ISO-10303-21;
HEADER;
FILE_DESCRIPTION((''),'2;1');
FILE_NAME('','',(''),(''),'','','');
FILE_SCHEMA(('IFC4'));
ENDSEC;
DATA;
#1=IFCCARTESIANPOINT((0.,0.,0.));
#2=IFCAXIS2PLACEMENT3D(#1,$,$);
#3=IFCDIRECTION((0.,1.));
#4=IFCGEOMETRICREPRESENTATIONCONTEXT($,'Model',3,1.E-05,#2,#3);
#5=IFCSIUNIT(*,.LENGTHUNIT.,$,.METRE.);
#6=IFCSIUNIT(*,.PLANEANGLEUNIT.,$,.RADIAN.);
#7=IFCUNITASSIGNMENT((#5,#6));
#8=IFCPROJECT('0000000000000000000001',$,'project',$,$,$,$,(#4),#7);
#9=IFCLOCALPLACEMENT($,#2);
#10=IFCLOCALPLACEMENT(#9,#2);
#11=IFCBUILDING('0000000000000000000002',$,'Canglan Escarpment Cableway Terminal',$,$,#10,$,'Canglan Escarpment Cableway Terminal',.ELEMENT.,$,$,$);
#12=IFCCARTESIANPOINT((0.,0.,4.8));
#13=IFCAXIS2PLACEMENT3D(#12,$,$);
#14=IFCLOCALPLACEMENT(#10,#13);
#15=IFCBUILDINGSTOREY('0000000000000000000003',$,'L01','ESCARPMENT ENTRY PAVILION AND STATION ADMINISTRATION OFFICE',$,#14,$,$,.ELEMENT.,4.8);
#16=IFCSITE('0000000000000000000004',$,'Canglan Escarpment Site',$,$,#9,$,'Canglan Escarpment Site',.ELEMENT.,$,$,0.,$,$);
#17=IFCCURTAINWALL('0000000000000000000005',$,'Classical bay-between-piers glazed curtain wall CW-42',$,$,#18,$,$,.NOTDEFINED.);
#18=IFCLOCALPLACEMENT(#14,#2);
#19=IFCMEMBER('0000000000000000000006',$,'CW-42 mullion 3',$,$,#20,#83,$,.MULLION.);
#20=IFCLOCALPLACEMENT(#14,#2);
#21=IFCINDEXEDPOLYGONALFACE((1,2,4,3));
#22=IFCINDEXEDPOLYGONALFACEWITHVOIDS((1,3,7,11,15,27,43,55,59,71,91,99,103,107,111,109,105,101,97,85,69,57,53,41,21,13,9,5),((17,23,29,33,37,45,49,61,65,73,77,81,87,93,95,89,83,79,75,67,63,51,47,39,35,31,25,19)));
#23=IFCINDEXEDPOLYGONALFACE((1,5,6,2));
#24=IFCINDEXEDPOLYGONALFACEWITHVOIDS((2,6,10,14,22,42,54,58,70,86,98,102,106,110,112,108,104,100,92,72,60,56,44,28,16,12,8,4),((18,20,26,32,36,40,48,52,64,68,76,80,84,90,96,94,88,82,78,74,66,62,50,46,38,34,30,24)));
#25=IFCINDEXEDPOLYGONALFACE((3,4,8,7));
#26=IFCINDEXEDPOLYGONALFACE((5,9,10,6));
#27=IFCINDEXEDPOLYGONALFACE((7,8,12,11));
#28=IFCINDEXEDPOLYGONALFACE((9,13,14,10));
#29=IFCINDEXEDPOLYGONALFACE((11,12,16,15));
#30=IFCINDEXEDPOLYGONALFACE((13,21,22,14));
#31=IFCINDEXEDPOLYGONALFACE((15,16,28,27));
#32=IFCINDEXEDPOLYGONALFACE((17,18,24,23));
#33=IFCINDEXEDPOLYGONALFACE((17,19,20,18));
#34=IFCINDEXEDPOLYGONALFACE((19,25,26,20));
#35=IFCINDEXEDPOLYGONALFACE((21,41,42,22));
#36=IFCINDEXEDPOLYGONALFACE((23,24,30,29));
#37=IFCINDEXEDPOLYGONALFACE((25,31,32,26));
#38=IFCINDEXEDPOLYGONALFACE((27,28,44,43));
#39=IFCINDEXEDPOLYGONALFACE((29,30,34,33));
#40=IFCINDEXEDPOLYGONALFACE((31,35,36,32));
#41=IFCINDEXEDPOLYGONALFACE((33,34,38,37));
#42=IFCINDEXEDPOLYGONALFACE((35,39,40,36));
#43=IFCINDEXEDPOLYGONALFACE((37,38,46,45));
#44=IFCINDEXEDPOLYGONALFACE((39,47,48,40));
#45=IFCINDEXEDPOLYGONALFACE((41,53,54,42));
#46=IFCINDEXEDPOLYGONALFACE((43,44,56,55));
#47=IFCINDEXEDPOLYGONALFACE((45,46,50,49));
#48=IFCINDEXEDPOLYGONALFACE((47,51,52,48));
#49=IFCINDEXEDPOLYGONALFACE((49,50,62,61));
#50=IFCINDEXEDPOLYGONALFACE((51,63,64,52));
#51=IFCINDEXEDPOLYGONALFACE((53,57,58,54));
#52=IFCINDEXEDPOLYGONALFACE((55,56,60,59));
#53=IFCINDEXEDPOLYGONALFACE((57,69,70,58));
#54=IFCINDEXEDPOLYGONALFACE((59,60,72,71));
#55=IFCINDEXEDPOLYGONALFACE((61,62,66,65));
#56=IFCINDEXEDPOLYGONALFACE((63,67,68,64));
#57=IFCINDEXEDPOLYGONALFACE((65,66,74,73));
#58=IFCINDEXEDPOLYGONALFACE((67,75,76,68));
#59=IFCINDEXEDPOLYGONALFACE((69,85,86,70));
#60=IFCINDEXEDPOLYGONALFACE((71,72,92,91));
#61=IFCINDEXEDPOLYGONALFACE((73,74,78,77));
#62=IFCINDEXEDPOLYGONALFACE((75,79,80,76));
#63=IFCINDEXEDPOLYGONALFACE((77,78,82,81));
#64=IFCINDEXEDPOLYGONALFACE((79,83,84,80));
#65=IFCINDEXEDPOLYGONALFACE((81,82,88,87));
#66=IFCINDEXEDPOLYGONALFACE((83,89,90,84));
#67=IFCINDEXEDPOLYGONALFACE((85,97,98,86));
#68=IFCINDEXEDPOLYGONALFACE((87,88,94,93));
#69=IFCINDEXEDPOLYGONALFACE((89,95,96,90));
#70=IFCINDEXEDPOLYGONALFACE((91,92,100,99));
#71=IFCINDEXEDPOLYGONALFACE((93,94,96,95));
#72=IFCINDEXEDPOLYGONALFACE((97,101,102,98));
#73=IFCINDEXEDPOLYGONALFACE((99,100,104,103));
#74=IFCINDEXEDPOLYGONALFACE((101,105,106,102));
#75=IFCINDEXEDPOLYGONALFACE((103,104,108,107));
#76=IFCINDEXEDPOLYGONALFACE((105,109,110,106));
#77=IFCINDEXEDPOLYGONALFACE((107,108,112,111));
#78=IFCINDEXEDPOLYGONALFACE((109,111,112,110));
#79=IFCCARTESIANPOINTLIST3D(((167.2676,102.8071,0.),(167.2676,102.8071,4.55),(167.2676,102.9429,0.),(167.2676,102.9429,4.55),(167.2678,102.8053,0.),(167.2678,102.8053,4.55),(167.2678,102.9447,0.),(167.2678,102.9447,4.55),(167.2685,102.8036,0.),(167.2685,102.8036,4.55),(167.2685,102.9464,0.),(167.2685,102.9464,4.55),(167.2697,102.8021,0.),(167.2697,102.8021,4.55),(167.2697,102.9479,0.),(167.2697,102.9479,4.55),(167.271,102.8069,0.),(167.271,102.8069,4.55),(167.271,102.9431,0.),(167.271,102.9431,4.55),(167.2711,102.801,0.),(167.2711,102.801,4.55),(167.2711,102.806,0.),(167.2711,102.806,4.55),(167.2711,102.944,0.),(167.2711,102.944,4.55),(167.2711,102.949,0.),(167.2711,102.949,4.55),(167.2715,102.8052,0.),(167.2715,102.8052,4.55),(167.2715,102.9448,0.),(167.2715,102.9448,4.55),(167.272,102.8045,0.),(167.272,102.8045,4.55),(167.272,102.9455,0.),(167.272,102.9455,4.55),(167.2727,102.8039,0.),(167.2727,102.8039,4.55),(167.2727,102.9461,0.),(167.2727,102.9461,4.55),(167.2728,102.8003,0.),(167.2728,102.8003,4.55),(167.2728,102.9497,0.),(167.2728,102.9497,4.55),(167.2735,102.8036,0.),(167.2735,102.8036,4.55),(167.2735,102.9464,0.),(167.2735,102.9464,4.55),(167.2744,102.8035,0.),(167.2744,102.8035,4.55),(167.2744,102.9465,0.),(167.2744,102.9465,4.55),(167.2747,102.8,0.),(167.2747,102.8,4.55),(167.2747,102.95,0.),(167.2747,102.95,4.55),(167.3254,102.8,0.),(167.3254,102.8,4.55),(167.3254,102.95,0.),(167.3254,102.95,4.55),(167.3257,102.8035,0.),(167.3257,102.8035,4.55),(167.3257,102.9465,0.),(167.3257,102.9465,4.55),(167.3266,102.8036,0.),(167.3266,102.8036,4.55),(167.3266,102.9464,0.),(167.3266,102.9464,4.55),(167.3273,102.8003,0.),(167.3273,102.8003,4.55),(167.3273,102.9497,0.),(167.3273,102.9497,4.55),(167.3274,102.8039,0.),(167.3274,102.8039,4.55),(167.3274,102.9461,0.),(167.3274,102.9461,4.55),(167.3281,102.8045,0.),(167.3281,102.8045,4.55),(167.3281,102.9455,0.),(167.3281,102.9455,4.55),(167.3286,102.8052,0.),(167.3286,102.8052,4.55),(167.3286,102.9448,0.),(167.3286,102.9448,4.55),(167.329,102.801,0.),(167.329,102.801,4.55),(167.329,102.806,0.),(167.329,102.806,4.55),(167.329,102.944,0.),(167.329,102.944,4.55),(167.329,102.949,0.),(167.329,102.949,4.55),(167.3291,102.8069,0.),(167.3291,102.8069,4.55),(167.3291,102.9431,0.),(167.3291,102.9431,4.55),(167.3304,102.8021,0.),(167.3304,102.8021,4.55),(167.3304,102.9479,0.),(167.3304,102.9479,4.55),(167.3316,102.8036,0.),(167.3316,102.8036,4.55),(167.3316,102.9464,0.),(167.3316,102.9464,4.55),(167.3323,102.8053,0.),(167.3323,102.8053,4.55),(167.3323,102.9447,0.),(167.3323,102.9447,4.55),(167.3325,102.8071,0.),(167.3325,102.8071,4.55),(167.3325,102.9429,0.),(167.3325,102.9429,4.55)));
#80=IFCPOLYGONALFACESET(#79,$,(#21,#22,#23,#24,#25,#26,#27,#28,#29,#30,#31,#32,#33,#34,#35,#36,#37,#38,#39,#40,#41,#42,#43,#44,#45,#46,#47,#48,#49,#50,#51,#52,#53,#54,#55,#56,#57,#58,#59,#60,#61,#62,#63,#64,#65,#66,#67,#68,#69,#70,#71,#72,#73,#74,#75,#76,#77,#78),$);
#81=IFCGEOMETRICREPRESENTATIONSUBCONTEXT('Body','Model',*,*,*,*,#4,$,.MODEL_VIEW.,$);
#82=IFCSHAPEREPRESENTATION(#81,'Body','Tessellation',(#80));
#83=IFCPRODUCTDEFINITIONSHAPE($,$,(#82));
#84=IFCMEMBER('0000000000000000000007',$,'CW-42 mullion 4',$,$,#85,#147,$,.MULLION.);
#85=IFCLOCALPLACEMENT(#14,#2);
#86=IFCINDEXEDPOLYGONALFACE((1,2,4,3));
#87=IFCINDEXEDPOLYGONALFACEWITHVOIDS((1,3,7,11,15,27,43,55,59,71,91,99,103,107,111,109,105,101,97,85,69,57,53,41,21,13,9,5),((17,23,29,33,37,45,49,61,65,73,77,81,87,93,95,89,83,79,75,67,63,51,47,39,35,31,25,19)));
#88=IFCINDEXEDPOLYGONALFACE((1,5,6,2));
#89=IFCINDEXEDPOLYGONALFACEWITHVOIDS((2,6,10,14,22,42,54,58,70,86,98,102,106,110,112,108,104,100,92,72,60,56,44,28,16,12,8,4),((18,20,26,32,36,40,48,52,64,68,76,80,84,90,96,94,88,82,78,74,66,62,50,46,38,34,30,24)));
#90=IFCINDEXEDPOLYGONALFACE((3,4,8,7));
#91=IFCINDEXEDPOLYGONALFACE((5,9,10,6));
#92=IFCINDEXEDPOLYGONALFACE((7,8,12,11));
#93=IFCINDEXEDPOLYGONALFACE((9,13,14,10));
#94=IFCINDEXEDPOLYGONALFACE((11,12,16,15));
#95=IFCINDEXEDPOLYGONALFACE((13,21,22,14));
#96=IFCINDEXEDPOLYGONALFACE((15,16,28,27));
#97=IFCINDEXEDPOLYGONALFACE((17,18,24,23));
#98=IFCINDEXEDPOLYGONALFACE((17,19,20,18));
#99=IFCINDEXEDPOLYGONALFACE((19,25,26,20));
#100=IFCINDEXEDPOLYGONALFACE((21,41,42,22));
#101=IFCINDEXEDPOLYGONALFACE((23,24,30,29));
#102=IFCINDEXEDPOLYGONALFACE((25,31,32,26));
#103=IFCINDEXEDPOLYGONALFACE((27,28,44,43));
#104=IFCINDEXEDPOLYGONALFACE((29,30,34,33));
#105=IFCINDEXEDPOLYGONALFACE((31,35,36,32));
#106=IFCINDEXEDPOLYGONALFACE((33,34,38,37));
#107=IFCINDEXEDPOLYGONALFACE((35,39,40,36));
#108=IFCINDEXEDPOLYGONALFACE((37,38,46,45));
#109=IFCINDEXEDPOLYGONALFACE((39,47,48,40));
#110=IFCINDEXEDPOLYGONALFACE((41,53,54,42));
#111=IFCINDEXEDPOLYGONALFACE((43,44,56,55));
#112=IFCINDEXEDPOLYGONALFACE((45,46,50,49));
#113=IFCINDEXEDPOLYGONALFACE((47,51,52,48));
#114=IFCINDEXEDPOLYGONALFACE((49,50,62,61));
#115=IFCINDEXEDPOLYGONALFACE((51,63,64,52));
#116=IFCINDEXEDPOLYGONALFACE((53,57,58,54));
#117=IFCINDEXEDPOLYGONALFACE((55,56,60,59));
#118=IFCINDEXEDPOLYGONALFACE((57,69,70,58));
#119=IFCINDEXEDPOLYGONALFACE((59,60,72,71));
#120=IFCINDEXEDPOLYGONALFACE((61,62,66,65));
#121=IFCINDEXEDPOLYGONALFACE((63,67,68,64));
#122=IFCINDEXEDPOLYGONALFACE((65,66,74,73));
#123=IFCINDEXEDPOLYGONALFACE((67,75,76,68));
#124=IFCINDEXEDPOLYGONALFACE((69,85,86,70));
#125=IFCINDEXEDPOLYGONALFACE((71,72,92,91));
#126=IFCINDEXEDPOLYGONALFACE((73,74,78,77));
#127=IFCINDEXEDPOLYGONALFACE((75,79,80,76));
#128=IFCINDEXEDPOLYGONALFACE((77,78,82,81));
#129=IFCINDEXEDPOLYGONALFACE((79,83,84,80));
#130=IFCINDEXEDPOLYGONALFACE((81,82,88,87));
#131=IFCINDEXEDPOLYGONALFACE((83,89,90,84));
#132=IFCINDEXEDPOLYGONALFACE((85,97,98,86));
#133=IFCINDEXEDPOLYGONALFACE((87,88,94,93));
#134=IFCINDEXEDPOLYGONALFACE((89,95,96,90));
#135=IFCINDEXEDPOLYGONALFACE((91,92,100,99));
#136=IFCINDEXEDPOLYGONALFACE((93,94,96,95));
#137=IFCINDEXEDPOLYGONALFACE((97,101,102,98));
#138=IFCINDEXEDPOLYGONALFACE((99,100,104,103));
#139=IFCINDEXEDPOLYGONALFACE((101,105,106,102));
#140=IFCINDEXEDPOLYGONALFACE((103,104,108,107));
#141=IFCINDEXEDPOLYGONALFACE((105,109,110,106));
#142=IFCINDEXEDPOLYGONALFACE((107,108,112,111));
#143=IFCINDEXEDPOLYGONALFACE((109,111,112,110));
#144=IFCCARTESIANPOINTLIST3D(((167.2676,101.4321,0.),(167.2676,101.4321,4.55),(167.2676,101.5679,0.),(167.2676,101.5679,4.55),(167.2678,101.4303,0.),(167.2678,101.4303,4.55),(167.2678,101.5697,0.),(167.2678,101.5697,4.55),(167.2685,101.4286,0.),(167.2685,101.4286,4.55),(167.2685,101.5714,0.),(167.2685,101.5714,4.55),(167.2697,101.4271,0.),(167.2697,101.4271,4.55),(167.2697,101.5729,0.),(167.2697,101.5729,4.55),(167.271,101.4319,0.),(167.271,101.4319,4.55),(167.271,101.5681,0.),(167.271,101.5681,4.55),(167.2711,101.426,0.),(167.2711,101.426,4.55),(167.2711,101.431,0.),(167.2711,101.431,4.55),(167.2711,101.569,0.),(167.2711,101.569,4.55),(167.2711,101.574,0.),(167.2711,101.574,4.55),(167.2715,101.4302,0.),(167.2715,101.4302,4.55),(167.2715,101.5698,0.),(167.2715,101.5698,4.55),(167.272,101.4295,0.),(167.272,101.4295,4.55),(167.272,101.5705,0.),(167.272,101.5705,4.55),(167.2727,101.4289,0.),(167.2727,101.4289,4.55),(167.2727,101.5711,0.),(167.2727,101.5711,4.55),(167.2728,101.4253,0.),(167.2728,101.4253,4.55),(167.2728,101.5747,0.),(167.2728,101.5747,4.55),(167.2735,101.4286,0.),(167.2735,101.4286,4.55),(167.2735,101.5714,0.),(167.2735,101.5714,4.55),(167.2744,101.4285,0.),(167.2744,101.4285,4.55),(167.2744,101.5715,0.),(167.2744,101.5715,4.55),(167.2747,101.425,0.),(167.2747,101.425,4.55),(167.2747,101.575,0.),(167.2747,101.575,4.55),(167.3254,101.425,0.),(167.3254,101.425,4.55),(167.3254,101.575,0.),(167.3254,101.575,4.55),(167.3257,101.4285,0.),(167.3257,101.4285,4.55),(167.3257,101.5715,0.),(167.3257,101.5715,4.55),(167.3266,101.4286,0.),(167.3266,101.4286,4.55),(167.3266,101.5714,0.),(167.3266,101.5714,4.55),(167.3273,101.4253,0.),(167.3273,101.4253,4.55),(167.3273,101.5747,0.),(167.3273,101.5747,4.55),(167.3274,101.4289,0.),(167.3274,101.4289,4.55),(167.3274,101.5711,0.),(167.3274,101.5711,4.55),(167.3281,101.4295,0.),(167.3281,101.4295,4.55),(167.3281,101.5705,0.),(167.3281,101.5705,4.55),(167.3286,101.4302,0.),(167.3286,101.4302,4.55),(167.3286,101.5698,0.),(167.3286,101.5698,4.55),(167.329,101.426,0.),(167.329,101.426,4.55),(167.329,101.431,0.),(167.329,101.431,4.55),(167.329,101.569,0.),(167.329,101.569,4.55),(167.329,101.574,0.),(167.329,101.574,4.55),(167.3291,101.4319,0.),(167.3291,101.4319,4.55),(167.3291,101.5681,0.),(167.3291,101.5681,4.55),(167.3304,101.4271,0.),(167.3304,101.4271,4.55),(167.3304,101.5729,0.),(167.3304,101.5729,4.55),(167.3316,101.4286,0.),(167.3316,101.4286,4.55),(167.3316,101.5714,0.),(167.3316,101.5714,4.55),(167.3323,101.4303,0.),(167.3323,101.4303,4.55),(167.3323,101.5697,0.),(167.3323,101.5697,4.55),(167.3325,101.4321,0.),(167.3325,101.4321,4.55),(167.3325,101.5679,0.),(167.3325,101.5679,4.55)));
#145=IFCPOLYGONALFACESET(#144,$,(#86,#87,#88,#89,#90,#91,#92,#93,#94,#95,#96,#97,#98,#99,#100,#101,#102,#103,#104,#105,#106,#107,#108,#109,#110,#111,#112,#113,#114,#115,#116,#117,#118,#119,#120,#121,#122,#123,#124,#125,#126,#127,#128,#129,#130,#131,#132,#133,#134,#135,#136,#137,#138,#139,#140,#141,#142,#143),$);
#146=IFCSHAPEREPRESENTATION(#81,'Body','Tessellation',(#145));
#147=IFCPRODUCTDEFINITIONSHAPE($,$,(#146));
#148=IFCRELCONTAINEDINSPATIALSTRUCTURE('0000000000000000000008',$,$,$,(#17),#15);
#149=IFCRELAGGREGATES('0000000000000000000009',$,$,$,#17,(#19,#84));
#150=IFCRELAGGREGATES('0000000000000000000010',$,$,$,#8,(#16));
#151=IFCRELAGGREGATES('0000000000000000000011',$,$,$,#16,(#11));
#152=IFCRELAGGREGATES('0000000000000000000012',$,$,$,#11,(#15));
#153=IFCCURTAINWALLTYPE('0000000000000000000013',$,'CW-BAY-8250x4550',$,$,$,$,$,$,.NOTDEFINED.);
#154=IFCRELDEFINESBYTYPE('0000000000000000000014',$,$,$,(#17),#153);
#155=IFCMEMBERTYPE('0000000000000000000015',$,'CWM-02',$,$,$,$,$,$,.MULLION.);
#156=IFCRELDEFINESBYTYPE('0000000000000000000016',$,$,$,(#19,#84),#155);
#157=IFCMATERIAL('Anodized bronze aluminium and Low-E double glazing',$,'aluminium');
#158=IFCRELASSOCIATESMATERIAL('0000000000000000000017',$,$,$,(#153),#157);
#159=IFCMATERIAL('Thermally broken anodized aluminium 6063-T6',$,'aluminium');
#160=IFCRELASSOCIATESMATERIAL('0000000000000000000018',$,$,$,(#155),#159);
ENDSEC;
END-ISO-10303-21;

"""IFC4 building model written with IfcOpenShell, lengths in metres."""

from ifc_helpers import new_model, si_unit, direction, frame, origin, origin_2d, place, context, subcontext, project, spatial, hollow_rectangle, extrude, material, material_profile, profile_set, type_object, element, aggregate, save


model = new_model("IFC4")

# Units and contexts
model_context = context("Model", 3, precision=1e-05, world=origin(), true_north=direction((0.0, 1.0)))
body_context = subcontext(model_context, "Body", "Model", "MODEL_VIEW")
ifc_project = project(units=[si_unit("LENGTHUNIT", "METRE"), si_unit("PLANEANGLEUNIT", "RADIAN")], contexts=[model_context])

# Site, building, storey
site_placement = place(None, origin())
site = spatial("IfcSite", under=ifc_project, at=site_placement, Name="Canglan Escarpment Site", LongName="Canglan Escarpment Site", CompositionType="ELEMENT", RefElevation=0.0)
building_placement = place(site_placement, origin())
building = spatial("IfcBuilding", under=site, at=building_placement, Name="Canglan Escarpment Cableway Terminal", LongName="Canglan Escarpment Cableway Terminal", CompositionType="ELEMENT")
storey_placement = place(building_placement, frame((0.0, 0.0, 4.8)))
storey = spatial("IfcBuildingStorey", under=building, at=storey_placement, Name="L01", Description="ESCARPMENT ENTRY PAVILION AND STATION ADMINISTRATION OFFICE", CompositionType="ELEMENT", Elevation=4.8)

# Curtain wall, members
ifc_material_1 = material(Name="Anodized bronze aluminium and Low-E double glazing", Category="aluminium")
curtain_wall_type = type_object("IfcCurtainWallType", Name="CW-BAY-8250x4550", PredefinedType="NOTDEFINED", material=ifc_material_1)
curtain_wall_placement = place(storey_placement, origin())
curtain_wall = element("IfcCurtainWall", 1, at=curtain_wall_placement, inside=storey, type_object=curtain_wall_type, Name="Classical bay-between-piers glazed curtain wall CW-42", PredefinedType="NOTDEFINED")
ifc_material_2 = material(Name="Thermally broken anodized aluminium 6063-T6", Category="aluminium")
ifc_material_profile_1 = material_profile(ifc_material_2, hollow_rectangle(XDim=0.0649, YDim=0.1499, WallThickness=0.0034, InnerFilletRadius=0.0034, OuterFilletRadius=0.0071, at=origin_2d()), Name="ALU-MULL 65x150x3.5")
ifc_profile_set_1 = profile_set([ifc_material_profile_1], Name="Thermally broken anodized aluminium 6063-T6")
member_type_1 = type_object("IfcMemberType", Name="CWM-02", PredefinedType="MULLION", material=ifc_profile_set_1)
member_1_placement = place(storey_placement, frame((167.3, 102.875, 0.0), z_axis=(0.0, 0.0, 1.0), x_axis=(1.0, 0.0, 0.0)))
member_1 = element("IfcMember", 2, at=member_1_placement, type_object=member_type_1, Name="CW-42 mullion 3", PredefinedType="MULLION", context=body_context, shape_type="SweptSolid", body=[
    extrude(hollow_rectangle(XDim=0.0649, YDim=0.1499, WallThickness=0.0034, InnerFilletRadius=0.0034, OuterFilletRadius=0.0071, at=origin_2d()), origin(), (0.0, 0.0, 1.0), 4.55),
])
member_2_placement = place(storey_placement, frame((167.3, 101.5, 0.0), z_axis=(0.0, 0.0, 1.0), x_axis=(1.0, 0.0, 0.0)))
member_2 = element("IfcMember", 3, at=member_2_placement, type_object=member_type_1, Name="CW-42 mullion 4", PredefinedType="MULLION", context=body_context, shape_type="SweptSolid", body=[
    extrude(hollow_rectangle(XDim=0.0649, YDim=0.1499, WallThickness=0.0034, InnerFilletRadius=0.0034, OuterFilletRadius=0.0071, at=origin_2d()), origin(), (0.0, 0.0, 1.0), 4.55),
])
aggregate(curtain_wall, [member_1, member_2])

save(model, "model.ifc")
